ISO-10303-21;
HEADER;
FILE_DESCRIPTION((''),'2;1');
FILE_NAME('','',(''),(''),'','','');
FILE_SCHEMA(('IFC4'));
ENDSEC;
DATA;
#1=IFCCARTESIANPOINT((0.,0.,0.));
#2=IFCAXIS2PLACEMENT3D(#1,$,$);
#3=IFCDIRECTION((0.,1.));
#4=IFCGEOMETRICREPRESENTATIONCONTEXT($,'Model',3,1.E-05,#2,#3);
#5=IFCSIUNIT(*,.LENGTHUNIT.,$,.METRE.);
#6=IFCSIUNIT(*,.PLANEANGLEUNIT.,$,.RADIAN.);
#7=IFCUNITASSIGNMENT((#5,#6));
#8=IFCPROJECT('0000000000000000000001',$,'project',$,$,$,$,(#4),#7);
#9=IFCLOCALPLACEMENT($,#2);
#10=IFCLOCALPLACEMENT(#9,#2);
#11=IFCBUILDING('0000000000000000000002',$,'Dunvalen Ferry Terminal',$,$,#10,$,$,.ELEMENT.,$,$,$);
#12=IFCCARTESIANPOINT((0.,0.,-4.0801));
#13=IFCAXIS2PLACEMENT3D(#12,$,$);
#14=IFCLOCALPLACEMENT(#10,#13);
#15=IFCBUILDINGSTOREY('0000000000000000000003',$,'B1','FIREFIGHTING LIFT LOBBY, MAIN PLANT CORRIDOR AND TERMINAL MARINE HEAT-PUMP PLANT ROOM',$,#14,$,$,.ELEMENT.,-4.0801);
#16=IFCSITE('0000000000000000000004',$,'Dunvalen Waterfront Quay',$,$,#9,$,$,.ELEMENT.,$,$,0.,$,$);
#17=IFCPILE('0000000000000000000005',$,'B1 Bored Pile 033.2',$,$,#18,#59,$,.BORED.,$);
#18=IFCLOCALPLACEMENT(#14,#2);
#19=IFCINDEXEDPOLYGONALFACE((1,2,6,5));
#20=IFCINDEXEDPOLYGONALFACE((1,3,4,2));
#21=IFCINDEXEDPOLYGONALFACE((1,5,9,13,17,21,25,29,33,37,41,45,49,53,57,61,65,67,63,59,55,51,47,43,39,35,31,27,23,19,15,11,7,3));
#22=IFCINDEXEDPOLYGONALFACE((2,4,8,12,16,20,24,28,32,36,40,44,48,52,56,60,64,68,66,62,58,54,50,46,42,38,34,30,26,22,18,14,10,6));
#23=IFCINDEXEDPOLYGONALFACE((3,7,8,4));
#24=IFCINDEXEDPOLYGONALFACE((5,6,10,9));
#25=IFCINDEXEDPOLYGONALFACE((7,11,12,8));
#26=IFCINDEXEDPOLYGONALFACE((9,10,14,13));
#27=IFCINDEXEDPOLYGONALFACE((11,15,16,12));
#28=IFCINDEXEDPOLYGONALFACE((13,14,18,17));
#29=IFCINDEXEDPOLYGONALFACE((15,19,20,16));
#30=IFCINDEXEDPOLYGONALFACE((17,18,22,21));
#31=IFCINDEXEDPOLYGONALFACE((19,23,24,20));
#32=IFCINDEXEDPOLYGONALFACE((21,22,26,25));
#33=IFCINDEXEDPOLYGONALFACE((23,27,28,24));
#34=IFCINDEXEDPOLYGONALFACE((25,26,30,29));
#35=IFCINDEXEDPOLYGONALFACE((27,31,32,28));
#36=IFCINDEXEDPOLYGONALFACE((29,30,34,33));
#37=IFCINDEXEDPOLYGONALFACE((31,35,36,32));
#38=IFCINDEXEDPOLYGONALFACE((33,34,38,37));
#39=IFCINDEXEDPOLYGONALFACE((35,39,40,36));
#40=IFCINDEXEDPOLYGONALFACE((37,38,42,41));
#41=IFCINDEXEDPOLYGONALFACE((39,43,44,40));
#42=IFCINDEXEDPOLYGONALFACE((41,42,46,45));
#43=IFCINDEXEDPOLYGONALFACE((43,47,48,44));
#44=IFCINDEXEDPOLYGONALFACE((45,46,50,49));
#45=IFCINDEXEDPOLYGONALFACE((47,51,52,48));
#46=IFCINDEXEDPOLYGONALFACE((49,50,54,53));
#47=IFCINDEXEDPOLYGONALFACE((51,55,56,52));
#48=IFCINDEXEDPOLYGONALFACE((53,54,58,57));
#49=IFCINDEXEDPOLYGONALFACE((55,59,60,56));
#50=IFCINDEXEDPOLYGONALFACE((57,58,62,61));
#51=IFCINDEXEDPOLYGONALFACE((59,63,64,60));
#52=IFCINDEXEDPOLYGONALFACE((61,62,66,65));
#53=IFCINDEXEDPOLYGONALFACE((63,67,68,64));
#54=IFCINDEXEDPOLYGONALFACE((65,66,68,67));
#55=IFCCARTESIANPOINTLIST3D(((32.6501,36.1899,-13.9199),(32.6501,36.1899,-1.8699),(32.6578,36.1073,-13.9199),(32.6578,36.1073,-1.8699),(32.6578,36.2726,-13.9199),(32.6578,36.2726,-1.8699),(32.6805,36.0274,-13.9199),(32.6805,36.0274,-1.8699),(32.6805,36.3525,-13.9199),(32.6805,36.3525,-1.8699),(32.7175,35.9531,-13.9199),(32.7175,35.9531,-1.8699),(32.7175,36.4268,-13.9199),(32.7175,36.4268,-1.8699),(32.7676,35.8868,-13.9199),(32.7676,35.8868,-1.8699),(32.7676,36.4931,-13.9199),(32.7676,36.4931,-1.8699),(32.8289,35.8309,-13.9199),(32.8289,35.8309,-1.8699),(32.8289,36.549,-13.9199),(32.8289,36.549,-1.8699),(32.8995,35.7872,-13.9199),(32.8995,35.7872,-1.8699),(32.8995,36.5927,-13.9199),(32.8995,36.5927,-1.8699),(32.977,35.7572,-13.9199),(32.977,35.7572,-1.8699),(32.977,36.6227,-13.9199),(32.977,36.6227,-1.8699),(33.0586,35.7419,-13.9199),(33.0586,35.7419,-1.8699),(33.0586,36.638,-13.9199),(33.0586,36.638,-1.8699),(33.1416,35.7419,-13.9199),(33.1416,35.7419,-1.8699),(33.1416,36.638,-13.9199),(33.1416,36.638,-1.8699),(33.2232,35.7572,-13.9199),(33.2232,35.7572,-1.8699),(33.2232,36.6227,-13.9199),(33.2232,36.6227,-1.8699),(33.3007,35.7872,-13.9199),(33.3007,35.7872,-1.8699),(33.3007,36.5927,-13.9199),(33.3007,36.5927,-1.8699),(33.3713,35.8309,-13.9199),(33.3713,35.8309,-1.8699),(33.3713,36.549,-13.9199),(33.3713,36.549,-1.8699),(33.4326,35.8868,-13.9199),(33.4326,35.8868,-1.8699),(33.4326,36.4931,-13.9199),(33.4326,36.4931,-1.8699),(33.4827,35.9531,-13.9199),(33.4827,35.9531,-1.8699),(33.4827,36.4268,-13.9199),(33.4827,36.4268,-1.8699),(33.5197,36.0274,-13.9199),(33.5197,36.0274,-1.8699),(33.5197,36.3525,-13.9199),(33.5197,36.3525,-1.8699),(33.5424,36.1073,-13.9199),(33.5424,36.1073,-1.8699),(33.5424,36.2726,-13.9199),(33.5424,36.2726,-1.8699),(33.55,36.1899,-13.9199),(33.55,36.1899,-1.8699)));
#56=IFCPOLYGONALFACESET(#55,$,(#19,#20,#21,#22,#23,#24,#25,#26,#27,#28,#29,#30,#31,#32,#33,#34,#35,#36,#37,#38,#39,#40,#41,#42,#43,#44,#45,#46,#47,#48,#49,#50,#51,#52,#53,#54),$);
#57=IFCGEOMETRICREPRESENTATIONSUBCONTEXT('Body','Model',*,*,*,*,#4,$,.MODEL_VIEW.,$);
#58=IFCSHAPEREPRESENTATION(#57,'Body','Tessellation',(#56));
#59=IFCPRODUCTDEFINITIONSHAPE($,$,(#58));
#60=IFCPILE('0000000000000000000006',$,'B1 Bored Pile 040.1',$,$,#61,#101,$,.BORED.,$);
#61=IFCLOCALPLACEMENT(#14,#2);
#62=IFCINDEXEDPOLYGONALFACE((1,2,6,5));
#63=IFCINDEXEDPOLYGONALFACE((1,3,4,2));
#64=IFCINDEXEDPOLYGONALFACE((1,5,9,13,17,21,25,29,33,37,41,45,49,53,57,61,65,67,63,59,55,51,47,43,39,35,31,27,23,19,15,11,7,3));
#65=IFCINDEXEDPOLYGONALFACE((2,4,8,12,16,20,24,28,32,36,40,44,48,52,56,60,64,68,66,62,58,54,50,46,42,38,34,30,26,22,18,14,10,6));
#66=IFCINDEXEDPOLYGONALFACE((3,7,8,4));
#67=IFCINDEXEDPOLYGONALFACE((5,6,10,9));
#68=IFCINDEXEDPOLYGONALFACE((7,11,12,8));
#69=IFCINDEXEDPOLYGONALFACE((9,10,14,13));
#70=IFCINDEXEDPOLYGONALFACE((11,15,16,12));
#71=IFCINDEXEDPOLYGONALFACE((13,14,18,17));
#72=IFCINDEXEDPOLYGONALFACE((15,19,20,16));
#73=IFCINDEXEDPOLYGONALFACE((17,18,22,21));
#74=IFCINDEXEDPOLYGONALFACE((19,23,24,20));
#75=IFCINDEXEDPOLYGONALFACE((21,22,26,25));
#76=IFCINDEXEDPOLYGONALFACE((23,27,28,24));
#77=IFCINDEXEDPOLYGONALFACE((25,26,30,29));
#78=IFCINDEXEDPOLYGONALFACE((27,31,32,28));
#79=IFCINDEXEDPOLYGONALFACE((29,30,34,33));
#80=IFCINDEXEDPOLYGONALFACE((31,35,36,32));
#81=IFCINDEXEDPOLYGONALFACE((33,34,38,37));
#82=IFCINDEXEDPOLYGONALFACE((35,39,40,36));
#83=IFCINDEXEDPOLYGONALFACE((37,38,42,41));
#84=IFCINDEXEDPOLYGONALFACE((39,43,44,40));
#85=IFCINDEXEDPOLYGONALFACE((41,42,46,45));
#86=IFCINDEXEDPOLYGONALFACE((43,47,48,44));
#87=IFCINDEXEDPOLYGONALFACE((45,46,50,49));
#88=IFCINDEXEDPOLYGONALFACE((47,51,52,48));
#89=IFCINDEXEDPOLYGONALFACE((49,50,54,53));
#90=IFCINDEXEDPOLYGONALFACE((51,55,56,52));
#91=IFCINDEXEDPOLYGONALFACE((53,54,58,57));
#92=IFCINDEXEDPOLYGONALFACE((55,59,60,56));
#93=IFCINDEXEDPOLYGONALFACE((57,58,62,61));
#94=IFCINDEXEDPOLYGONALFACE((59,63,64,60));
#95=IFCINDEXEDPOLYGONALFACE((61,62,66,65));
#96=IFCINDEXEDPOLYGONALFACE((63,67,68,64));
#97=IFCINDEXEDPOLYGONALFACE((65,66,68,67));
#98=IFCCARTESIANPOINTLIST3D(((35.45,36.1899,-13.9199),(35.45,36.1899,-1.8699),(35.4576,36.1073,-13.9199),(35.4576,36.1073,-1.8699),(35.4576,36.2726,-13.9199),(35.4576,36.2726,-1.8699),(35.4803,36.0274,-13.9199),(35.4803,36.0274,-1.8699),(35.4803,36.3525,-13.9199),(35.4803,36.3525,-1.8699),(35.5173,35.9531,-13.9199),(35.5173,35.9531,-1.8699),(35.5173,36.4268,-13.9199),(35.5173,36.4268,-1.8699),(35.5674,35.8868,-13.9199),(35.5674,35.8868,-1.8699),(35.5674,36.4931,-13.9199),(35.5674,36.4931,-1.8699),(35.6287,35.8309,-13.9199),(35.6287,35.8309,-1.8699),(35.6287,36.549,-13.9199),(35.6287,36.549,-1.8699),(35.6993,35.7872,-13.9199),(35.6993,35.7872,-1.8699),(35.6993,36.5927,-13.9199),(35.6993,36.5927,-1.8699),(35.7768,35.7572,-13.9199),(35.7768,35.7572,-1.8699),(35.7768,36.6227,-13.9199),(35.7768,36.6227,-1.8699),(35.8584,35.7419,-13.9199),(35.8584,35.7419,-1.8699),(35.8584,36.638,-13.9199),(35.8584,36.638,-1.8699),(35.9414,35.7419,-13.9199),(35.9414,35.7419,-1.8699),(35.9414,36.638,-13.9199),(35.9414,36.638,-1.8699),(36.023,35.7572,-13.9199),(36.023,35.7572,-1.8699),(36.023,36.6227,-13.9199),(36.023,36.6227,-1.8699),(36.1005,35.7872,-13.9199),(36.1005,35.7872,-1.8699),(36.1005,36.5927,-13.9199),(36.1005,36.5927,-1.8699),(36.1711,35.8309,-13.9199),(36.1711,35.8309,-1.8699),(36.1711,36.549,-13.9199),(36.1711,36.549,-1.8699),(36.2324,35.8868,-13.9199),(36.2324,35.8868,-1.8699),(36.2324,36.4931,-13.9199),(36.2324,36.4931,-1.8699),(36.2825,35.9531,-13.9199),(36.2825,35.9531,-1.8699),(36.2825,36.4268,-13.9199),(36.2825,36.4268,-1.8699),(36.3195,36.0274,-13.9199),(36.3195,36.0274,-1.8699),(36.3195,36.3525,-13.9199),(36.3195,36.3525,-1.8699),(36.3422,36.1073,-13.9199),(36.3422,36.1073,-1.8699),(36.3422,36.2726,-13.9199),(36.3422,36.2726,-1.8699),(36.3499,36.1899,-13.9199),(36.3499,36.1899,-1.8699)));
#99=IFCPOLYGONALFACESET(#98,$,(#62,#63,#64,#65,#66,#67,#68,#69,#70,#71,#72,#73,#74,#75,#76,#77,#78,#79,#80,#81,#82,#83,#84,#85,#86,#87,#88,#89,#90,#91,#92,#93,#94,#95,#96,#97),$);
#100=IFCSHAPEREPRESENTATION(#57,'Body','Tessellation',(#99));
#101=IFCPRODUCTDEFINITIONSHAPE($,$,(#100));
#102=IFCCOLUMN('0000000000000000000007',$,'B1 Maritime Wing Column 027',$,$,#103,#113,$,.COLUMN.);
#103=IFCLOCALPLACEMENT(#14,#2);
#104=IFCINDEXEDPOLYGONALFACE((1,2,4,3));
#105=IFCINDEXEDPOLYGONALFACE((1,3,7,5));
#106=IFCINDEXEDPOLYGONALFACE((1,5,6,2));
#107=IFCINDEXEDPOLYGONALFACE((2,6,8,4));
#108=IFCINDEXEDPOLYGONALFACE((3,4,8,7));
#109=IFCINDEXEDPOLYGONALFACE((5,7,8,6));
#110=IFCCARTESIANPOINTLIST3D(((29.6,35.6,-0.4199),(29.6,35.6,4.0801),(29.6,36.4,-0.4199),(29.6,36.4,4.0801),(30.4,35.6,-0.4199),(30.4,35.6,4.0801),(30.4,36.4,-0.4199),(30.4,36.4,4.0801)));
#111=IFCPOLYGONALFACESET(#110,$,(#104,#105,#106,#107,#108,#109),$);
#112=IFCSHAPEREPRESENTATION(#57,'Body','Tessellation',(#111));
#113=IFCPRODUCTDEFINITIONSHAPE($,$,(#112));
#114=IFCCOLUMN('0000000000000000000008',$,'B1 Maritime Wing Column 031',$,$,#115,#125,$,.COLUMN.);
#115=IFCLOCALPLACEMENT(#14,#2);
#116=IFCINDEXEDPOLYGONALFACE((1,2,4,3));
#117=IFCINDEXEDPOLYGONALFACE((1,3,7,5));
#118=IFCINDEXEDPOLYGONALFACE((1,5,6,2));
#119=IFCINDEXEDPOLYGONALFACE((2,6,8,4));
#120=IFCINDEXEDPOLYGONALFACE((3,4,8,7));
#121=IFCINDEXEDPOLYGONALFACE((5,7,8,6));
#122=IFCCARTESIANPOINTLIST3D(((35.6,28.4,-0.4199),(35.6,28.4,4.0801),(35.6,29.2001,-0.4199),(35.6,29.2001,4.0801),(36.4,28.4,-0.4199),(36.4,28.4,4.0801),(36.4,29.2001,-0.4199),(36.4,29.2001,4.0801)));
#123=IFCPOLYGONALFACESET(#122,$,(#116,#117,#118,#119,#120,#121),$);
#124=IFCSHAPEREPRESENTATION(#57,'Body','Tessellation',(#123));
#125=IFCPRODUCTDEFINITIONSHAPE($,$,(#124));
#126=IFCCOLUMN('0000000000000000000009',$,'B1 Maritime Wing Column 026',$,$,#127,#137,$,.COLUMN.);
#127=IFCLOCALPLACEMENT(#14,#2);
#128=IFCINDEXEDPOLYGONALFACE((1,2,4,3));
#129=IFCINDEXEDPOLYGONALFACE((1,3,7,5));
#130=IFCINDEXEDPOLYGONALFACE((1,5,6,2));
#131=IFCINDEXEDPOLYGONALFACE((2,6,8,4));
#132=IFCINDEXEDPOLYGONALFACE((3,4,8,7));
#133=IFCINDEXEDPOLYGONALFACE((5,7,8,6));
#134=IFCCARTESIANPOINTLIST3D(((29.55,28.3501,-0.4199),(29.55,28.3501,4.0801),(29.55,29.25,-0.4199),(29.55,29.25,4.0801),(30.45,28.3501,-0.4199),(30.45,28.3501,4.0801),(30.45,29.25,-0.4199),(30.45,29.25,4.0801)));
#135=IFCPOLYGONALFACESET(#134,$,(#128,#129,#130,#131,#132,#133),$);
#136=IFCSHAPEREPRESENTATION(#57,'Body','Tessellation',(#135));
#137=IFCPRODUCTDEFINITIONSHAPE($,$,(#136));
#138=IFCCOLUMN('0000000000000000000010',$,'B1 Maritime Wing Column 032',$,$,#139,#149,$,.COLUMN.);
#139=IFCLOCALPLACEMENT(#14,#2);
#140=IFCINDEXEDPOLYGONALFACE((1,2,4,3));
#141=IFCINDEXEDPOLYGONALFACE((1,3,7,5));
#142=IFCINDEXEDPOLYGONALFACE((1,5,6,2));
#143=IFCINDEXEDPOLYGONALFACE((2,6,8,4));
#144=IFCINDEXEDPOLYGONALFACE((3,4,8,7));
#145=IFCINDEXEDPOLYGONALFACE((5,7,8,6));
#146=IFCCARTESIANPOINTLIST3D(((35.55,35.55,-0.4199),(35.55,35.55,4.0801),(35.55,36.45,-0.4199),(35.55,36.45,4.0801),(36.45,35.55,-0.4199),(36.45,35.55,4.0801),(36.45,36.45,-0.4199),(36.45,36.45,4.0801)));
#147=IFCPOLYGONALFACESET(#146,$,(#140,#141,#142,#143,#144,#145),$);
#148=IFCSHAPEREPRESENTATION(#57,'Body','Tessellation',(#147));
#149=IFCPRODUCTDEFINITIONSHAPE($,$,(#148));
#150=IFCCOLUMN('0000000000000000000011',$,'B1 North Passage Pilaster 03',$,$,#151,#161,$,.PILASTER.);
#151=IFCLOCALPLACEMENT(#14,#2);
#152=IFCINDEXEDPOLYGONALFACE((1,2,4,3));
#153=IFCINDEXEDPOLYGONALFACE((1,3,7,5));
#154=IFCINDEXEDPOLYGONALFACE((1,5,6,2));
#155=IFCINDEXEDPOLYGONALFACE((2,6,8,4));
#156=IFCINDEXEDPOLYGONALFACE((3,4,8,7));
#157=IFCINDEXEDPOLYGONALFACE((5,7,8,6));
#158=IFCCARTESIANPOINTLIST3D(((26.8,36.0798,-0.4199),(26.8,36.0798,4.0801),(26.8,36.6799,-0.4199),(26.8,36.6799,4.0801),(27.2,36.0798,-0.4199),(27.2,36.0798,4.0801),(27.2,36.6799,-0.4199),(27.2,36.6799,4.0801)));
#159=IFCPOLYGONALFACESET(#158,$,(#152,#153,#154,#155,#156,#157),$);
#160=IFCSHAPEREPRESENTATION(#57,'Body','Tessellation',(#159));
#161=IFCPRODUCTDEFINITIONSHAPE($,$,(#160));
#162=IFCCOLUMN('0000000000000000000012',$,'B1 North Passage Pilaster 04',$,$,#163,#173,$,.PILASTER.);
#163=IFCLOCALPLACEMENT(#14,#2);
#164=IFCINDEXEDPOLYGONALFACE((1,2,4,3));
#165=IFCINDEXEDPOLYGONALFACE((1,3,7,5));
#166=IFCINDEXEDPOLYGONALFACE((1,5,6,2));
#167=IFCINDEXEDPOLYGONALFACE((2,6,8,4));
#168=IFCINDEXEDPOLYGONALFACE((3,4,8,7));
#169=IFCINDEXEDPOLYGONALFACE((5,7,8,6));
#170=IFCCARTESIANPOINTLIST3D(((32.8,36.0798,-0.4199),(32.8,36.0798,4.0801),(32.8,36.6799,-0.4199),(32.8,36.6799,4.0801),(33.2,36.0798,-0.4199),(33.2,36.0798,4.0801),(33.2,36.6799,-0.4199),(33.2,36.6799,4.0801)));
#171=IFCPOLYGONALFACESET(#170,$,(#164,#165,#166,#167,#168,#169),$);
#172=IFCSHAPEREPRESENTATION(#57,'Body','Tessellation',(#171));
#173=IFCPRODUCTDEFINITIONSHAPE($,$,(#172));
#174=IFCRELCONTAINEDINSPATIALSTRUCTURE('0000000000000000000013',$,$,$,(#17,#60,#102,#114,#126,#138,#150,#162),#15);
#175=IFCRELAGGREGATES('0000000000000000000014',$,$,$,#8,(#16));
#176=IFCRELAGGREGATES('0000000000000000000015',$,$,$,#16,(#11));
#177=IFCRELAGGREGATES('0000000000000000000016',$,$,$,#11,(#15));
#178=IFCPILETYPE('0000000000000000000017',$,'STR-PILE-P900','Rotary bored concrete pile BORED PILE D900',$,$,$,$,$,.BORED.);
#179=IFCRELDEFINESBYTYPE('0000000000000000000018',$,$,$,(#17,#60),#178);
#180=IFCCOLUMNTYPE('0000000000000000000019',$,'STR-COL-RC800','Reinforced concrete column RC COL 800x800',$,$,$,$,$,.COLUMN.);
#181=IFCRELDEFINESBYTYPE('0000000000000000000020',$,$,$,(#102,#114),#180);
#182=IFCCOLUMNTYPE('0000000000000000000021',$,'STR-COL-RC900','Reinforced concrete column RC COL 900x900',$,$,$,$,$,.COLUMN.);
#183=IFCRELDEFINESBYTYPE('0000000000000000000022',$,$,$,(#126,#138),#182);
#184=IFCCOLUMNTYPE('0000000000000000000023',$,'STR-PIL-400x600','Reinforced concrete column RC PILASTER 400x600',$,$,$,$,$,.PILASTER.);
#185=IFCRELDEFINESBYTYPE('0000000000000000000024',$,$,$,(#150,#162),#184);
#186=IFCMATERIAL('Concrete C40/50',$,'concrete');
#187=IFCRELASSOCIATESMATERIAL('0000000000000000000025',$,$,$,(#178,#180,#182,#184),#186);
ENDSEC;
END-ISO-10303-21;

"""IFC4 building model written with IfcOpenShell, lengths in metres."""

from ifc_helpers import new_model, si_unit, direction, frame, origin, origin_2d, place, context, subcontext, project, spatial, rectangle, circle, extrude, material, material_profile, profile_set, type_object, element, save


model = new_model("IFC4")

# Units and contexts
model_context = context("Model", 3, precision=1e-05, world=origin(), true_north=direction((0.0, 1.0)))
body_context = subcontext(model_context, "Body", "Model", "MODEL_VIEW")
ifc_project = project(units=[si_unit("LENGTHUNIT", "METRE"), si_unit("PLANEANGLEUNIT", "RADIAN")], contexts=[model_context])

# Site, building, storey
site_placement = place(None, origin())
site = spatial("IfcSite", under=ifc_project, at=site_placement, Name="Dunvalen Waterfront Quay", CompositionType="ELEMENT", RefElevation=0.0)
building_placement = place(site_placement, origin())
building = spatial("IfcBuilding", under=site, at=building_placement, Name="Dunvalen Ferry Terminal", CompositionType="ELEMENT")
storey_placement = place(building_placement, frame((0.0, 0.0, -4.0801)))
storey = spatial("IfcBuildingStorey", under=building, at=storey_placement, Name="B1", Description="FIREFIGHTING LIFT LOBBY, MAIN PLANT CORRIDOR AND TERMINAL MARINE HEAT-PUMP PLANT ROOM", CompositionType="ELEMENT", Elevation=-4.0801)

# Shared definitions
ifc_material = material(Name="Concrete C40/50", Category="concrete")

# Piles
ifc_material_profile_1 = material_profile(ifc_material, circle(Radius=0.45, at=origin_2d()), Name="Concrete C40/50")
ifc_profile_set_1 = profile_set([ifc_material_profile_1], Name="Concrete C40/50")
pile_type_1 = type_object("IfcPileType", Name="STR-PILE-P900", Description="Rotary bored concrete pile BORED PILE D900", PredefinedType="BORED", material=ifc_profile_set_1)
for number, where, z_axis, x_axis, name in (
    (1, (33.1001, 36.1899, -1.8699), (0.0, 0.0, -1.0), (1.0, 0.0, 0.0), "B1 Bored Pile 033.2"),
    (2, (35.8999, 36.1899, -1.8699), (0.0, 0.0, -1.0), (1.0, 0.0, 0.0), "B1 Bored Pile 040.1"),
):
    element("IfcPile", number, at=place(storey_placement, frame(where, z_axis=z_axis, x_axis=x_axis)), inside=storey, type_object=pile_type_1, Name=name, PredefinedType="BORED", context=body_context, shape_type="SweptSolid", body=[
        extrude(circle(Radius=0.45, at=origin_2d()), origin(), (0.0, 0.0, 1.0), 12.05),
    ])

# Columns
ifc_material_profile_2 = material_profile(ifc_material, rectangle(XDim=0.8, YDim=0.8, at=origin_2d()), Name="Concrete C40/50")
ifc_profile_set_2 = profile_set([ifc_material_profile_2], Name="Concrete C40/50")
column_type_1 = type_object("IfcColumnType", Name="STR-COL-RC800", Description="Reinforced concrete column RC COL 800x800", PredefinedType="COLUMN", material=ifc_profile_set_2)
for number, where, z_axis, x_axis, name in (
    (3, (30.0, 36.0, -0.4199), (0.0, 0.0, 1.0), (1.0, 0.0, 0.0), "B1 Maritime Wing Column 027"),
    (4, (36.0, 28.8, -0.4199), (0.0, 0.0, 1.0), (1.0, 0.0, 0.0), "B1 Maritime Wing Column 031"),
):
    element("IfcColumn", number, at=place(storey_placement, frame(where, z_axis=z_axis, x_axis=x_axis)), inside=storey, type_object=column_type_1, Name=name, PredefinedType="COLUMN", context=body_context, shape_type="SweptSolid", body=[
        extrude(rectangle(XDim=0.8, YDim=0.8, at=origin_2d()), origin(), (0.0, 0.0, 1.0), 4.5),
    ])
ifc_material_profile_3 = material_profile(ifc_material, rectangle(XDim=0.8999, YDim=0.8999, at=origin_2d()), Name="Concrete C40/50")
ifc_profile_set_3 = profile_set([ifc_material_profile_3], Name="Concrete C40/50")
column_type_2 = type_object("IfcColumnType", Name="STR-COL-RC900", Description="Reinforced concrete column RC COL 900x900", PredefinedType="COLUMN", material=ifc_profile_set_3)
for number, where, z_axis, x_axis, name in (
    (5, (30.0, 28.8, -0.4199), (0.0, 0.0, 1.0), (1.0, 0.0, 0.0), "B1 Maritime Wing Column 026"),
    (6, (36.0, 36.0, -0.4199), (0.0, 0.0, 1.0), (1.0, 0.0, 0.0), "B1 Maritime Wing Column 032"),
):
    element("IfcColumn", number, at=place(storey_placement, frame(where, z_axis=z_axis, x_axis=x_axis)), inside=storey, type_object=column_type_2, Name=name, PredefinedType="COLUMN", context=body_context, shape_type="SweptSolid", body=[
        extrude(rectangle(XDim=0.8999, YDim=0.8999, at=origin_2d()), origin(), (0.0, 0.0, 1.0), 4.5),
    ])
ifc_material_profile_4 = material_profile(ifc_material, rectangle(XDim=0.3999, YDim=0.6001, at=origin_2d()), Name="Concrete C40/50")
ifc_profile_set_4 = profile_set([ifc_material_profile_4], Name="Concrete C40/50")
column_type_3 = type_object("IfcColumnType", Name="STR-PIL-400x600", Description="Reinforced concrete column RC PILASTER 400x600", PredefinedType="PILASTER", material=ifc_profile_set_4)
for number, where, z_axis, x_axis, name in (
    (7, (27.0, 36.3799, -0.4199), (0.0, 0.0, 1.0), (1.0, 0.0, 0.0), "B1 North Passage Pilaster 03"),
    (8, (33.0, 36.3799, -0.4199), (0.0, 0.0, 1.0), (1.0, 0.0, 0.0), "B1 North Passage Pilaster 04"),
):
    element("IfcColumn", number, at=place(storey_placement, frame(where, z_axis=z_axis, x_axis=x_axis)), inside=storey, type_object=column_type_3, Name=name, PredefinedType="PILASTER", context=body_context, shape_type="SweptSolid", body=[
        extrude(rectangle(XDim=0.3999, YDim=0.6001, at=origin_2d()), origin(), (0.0, 0.0, 1.0), 4.5),
    ])

save(model, "model.ifc")
